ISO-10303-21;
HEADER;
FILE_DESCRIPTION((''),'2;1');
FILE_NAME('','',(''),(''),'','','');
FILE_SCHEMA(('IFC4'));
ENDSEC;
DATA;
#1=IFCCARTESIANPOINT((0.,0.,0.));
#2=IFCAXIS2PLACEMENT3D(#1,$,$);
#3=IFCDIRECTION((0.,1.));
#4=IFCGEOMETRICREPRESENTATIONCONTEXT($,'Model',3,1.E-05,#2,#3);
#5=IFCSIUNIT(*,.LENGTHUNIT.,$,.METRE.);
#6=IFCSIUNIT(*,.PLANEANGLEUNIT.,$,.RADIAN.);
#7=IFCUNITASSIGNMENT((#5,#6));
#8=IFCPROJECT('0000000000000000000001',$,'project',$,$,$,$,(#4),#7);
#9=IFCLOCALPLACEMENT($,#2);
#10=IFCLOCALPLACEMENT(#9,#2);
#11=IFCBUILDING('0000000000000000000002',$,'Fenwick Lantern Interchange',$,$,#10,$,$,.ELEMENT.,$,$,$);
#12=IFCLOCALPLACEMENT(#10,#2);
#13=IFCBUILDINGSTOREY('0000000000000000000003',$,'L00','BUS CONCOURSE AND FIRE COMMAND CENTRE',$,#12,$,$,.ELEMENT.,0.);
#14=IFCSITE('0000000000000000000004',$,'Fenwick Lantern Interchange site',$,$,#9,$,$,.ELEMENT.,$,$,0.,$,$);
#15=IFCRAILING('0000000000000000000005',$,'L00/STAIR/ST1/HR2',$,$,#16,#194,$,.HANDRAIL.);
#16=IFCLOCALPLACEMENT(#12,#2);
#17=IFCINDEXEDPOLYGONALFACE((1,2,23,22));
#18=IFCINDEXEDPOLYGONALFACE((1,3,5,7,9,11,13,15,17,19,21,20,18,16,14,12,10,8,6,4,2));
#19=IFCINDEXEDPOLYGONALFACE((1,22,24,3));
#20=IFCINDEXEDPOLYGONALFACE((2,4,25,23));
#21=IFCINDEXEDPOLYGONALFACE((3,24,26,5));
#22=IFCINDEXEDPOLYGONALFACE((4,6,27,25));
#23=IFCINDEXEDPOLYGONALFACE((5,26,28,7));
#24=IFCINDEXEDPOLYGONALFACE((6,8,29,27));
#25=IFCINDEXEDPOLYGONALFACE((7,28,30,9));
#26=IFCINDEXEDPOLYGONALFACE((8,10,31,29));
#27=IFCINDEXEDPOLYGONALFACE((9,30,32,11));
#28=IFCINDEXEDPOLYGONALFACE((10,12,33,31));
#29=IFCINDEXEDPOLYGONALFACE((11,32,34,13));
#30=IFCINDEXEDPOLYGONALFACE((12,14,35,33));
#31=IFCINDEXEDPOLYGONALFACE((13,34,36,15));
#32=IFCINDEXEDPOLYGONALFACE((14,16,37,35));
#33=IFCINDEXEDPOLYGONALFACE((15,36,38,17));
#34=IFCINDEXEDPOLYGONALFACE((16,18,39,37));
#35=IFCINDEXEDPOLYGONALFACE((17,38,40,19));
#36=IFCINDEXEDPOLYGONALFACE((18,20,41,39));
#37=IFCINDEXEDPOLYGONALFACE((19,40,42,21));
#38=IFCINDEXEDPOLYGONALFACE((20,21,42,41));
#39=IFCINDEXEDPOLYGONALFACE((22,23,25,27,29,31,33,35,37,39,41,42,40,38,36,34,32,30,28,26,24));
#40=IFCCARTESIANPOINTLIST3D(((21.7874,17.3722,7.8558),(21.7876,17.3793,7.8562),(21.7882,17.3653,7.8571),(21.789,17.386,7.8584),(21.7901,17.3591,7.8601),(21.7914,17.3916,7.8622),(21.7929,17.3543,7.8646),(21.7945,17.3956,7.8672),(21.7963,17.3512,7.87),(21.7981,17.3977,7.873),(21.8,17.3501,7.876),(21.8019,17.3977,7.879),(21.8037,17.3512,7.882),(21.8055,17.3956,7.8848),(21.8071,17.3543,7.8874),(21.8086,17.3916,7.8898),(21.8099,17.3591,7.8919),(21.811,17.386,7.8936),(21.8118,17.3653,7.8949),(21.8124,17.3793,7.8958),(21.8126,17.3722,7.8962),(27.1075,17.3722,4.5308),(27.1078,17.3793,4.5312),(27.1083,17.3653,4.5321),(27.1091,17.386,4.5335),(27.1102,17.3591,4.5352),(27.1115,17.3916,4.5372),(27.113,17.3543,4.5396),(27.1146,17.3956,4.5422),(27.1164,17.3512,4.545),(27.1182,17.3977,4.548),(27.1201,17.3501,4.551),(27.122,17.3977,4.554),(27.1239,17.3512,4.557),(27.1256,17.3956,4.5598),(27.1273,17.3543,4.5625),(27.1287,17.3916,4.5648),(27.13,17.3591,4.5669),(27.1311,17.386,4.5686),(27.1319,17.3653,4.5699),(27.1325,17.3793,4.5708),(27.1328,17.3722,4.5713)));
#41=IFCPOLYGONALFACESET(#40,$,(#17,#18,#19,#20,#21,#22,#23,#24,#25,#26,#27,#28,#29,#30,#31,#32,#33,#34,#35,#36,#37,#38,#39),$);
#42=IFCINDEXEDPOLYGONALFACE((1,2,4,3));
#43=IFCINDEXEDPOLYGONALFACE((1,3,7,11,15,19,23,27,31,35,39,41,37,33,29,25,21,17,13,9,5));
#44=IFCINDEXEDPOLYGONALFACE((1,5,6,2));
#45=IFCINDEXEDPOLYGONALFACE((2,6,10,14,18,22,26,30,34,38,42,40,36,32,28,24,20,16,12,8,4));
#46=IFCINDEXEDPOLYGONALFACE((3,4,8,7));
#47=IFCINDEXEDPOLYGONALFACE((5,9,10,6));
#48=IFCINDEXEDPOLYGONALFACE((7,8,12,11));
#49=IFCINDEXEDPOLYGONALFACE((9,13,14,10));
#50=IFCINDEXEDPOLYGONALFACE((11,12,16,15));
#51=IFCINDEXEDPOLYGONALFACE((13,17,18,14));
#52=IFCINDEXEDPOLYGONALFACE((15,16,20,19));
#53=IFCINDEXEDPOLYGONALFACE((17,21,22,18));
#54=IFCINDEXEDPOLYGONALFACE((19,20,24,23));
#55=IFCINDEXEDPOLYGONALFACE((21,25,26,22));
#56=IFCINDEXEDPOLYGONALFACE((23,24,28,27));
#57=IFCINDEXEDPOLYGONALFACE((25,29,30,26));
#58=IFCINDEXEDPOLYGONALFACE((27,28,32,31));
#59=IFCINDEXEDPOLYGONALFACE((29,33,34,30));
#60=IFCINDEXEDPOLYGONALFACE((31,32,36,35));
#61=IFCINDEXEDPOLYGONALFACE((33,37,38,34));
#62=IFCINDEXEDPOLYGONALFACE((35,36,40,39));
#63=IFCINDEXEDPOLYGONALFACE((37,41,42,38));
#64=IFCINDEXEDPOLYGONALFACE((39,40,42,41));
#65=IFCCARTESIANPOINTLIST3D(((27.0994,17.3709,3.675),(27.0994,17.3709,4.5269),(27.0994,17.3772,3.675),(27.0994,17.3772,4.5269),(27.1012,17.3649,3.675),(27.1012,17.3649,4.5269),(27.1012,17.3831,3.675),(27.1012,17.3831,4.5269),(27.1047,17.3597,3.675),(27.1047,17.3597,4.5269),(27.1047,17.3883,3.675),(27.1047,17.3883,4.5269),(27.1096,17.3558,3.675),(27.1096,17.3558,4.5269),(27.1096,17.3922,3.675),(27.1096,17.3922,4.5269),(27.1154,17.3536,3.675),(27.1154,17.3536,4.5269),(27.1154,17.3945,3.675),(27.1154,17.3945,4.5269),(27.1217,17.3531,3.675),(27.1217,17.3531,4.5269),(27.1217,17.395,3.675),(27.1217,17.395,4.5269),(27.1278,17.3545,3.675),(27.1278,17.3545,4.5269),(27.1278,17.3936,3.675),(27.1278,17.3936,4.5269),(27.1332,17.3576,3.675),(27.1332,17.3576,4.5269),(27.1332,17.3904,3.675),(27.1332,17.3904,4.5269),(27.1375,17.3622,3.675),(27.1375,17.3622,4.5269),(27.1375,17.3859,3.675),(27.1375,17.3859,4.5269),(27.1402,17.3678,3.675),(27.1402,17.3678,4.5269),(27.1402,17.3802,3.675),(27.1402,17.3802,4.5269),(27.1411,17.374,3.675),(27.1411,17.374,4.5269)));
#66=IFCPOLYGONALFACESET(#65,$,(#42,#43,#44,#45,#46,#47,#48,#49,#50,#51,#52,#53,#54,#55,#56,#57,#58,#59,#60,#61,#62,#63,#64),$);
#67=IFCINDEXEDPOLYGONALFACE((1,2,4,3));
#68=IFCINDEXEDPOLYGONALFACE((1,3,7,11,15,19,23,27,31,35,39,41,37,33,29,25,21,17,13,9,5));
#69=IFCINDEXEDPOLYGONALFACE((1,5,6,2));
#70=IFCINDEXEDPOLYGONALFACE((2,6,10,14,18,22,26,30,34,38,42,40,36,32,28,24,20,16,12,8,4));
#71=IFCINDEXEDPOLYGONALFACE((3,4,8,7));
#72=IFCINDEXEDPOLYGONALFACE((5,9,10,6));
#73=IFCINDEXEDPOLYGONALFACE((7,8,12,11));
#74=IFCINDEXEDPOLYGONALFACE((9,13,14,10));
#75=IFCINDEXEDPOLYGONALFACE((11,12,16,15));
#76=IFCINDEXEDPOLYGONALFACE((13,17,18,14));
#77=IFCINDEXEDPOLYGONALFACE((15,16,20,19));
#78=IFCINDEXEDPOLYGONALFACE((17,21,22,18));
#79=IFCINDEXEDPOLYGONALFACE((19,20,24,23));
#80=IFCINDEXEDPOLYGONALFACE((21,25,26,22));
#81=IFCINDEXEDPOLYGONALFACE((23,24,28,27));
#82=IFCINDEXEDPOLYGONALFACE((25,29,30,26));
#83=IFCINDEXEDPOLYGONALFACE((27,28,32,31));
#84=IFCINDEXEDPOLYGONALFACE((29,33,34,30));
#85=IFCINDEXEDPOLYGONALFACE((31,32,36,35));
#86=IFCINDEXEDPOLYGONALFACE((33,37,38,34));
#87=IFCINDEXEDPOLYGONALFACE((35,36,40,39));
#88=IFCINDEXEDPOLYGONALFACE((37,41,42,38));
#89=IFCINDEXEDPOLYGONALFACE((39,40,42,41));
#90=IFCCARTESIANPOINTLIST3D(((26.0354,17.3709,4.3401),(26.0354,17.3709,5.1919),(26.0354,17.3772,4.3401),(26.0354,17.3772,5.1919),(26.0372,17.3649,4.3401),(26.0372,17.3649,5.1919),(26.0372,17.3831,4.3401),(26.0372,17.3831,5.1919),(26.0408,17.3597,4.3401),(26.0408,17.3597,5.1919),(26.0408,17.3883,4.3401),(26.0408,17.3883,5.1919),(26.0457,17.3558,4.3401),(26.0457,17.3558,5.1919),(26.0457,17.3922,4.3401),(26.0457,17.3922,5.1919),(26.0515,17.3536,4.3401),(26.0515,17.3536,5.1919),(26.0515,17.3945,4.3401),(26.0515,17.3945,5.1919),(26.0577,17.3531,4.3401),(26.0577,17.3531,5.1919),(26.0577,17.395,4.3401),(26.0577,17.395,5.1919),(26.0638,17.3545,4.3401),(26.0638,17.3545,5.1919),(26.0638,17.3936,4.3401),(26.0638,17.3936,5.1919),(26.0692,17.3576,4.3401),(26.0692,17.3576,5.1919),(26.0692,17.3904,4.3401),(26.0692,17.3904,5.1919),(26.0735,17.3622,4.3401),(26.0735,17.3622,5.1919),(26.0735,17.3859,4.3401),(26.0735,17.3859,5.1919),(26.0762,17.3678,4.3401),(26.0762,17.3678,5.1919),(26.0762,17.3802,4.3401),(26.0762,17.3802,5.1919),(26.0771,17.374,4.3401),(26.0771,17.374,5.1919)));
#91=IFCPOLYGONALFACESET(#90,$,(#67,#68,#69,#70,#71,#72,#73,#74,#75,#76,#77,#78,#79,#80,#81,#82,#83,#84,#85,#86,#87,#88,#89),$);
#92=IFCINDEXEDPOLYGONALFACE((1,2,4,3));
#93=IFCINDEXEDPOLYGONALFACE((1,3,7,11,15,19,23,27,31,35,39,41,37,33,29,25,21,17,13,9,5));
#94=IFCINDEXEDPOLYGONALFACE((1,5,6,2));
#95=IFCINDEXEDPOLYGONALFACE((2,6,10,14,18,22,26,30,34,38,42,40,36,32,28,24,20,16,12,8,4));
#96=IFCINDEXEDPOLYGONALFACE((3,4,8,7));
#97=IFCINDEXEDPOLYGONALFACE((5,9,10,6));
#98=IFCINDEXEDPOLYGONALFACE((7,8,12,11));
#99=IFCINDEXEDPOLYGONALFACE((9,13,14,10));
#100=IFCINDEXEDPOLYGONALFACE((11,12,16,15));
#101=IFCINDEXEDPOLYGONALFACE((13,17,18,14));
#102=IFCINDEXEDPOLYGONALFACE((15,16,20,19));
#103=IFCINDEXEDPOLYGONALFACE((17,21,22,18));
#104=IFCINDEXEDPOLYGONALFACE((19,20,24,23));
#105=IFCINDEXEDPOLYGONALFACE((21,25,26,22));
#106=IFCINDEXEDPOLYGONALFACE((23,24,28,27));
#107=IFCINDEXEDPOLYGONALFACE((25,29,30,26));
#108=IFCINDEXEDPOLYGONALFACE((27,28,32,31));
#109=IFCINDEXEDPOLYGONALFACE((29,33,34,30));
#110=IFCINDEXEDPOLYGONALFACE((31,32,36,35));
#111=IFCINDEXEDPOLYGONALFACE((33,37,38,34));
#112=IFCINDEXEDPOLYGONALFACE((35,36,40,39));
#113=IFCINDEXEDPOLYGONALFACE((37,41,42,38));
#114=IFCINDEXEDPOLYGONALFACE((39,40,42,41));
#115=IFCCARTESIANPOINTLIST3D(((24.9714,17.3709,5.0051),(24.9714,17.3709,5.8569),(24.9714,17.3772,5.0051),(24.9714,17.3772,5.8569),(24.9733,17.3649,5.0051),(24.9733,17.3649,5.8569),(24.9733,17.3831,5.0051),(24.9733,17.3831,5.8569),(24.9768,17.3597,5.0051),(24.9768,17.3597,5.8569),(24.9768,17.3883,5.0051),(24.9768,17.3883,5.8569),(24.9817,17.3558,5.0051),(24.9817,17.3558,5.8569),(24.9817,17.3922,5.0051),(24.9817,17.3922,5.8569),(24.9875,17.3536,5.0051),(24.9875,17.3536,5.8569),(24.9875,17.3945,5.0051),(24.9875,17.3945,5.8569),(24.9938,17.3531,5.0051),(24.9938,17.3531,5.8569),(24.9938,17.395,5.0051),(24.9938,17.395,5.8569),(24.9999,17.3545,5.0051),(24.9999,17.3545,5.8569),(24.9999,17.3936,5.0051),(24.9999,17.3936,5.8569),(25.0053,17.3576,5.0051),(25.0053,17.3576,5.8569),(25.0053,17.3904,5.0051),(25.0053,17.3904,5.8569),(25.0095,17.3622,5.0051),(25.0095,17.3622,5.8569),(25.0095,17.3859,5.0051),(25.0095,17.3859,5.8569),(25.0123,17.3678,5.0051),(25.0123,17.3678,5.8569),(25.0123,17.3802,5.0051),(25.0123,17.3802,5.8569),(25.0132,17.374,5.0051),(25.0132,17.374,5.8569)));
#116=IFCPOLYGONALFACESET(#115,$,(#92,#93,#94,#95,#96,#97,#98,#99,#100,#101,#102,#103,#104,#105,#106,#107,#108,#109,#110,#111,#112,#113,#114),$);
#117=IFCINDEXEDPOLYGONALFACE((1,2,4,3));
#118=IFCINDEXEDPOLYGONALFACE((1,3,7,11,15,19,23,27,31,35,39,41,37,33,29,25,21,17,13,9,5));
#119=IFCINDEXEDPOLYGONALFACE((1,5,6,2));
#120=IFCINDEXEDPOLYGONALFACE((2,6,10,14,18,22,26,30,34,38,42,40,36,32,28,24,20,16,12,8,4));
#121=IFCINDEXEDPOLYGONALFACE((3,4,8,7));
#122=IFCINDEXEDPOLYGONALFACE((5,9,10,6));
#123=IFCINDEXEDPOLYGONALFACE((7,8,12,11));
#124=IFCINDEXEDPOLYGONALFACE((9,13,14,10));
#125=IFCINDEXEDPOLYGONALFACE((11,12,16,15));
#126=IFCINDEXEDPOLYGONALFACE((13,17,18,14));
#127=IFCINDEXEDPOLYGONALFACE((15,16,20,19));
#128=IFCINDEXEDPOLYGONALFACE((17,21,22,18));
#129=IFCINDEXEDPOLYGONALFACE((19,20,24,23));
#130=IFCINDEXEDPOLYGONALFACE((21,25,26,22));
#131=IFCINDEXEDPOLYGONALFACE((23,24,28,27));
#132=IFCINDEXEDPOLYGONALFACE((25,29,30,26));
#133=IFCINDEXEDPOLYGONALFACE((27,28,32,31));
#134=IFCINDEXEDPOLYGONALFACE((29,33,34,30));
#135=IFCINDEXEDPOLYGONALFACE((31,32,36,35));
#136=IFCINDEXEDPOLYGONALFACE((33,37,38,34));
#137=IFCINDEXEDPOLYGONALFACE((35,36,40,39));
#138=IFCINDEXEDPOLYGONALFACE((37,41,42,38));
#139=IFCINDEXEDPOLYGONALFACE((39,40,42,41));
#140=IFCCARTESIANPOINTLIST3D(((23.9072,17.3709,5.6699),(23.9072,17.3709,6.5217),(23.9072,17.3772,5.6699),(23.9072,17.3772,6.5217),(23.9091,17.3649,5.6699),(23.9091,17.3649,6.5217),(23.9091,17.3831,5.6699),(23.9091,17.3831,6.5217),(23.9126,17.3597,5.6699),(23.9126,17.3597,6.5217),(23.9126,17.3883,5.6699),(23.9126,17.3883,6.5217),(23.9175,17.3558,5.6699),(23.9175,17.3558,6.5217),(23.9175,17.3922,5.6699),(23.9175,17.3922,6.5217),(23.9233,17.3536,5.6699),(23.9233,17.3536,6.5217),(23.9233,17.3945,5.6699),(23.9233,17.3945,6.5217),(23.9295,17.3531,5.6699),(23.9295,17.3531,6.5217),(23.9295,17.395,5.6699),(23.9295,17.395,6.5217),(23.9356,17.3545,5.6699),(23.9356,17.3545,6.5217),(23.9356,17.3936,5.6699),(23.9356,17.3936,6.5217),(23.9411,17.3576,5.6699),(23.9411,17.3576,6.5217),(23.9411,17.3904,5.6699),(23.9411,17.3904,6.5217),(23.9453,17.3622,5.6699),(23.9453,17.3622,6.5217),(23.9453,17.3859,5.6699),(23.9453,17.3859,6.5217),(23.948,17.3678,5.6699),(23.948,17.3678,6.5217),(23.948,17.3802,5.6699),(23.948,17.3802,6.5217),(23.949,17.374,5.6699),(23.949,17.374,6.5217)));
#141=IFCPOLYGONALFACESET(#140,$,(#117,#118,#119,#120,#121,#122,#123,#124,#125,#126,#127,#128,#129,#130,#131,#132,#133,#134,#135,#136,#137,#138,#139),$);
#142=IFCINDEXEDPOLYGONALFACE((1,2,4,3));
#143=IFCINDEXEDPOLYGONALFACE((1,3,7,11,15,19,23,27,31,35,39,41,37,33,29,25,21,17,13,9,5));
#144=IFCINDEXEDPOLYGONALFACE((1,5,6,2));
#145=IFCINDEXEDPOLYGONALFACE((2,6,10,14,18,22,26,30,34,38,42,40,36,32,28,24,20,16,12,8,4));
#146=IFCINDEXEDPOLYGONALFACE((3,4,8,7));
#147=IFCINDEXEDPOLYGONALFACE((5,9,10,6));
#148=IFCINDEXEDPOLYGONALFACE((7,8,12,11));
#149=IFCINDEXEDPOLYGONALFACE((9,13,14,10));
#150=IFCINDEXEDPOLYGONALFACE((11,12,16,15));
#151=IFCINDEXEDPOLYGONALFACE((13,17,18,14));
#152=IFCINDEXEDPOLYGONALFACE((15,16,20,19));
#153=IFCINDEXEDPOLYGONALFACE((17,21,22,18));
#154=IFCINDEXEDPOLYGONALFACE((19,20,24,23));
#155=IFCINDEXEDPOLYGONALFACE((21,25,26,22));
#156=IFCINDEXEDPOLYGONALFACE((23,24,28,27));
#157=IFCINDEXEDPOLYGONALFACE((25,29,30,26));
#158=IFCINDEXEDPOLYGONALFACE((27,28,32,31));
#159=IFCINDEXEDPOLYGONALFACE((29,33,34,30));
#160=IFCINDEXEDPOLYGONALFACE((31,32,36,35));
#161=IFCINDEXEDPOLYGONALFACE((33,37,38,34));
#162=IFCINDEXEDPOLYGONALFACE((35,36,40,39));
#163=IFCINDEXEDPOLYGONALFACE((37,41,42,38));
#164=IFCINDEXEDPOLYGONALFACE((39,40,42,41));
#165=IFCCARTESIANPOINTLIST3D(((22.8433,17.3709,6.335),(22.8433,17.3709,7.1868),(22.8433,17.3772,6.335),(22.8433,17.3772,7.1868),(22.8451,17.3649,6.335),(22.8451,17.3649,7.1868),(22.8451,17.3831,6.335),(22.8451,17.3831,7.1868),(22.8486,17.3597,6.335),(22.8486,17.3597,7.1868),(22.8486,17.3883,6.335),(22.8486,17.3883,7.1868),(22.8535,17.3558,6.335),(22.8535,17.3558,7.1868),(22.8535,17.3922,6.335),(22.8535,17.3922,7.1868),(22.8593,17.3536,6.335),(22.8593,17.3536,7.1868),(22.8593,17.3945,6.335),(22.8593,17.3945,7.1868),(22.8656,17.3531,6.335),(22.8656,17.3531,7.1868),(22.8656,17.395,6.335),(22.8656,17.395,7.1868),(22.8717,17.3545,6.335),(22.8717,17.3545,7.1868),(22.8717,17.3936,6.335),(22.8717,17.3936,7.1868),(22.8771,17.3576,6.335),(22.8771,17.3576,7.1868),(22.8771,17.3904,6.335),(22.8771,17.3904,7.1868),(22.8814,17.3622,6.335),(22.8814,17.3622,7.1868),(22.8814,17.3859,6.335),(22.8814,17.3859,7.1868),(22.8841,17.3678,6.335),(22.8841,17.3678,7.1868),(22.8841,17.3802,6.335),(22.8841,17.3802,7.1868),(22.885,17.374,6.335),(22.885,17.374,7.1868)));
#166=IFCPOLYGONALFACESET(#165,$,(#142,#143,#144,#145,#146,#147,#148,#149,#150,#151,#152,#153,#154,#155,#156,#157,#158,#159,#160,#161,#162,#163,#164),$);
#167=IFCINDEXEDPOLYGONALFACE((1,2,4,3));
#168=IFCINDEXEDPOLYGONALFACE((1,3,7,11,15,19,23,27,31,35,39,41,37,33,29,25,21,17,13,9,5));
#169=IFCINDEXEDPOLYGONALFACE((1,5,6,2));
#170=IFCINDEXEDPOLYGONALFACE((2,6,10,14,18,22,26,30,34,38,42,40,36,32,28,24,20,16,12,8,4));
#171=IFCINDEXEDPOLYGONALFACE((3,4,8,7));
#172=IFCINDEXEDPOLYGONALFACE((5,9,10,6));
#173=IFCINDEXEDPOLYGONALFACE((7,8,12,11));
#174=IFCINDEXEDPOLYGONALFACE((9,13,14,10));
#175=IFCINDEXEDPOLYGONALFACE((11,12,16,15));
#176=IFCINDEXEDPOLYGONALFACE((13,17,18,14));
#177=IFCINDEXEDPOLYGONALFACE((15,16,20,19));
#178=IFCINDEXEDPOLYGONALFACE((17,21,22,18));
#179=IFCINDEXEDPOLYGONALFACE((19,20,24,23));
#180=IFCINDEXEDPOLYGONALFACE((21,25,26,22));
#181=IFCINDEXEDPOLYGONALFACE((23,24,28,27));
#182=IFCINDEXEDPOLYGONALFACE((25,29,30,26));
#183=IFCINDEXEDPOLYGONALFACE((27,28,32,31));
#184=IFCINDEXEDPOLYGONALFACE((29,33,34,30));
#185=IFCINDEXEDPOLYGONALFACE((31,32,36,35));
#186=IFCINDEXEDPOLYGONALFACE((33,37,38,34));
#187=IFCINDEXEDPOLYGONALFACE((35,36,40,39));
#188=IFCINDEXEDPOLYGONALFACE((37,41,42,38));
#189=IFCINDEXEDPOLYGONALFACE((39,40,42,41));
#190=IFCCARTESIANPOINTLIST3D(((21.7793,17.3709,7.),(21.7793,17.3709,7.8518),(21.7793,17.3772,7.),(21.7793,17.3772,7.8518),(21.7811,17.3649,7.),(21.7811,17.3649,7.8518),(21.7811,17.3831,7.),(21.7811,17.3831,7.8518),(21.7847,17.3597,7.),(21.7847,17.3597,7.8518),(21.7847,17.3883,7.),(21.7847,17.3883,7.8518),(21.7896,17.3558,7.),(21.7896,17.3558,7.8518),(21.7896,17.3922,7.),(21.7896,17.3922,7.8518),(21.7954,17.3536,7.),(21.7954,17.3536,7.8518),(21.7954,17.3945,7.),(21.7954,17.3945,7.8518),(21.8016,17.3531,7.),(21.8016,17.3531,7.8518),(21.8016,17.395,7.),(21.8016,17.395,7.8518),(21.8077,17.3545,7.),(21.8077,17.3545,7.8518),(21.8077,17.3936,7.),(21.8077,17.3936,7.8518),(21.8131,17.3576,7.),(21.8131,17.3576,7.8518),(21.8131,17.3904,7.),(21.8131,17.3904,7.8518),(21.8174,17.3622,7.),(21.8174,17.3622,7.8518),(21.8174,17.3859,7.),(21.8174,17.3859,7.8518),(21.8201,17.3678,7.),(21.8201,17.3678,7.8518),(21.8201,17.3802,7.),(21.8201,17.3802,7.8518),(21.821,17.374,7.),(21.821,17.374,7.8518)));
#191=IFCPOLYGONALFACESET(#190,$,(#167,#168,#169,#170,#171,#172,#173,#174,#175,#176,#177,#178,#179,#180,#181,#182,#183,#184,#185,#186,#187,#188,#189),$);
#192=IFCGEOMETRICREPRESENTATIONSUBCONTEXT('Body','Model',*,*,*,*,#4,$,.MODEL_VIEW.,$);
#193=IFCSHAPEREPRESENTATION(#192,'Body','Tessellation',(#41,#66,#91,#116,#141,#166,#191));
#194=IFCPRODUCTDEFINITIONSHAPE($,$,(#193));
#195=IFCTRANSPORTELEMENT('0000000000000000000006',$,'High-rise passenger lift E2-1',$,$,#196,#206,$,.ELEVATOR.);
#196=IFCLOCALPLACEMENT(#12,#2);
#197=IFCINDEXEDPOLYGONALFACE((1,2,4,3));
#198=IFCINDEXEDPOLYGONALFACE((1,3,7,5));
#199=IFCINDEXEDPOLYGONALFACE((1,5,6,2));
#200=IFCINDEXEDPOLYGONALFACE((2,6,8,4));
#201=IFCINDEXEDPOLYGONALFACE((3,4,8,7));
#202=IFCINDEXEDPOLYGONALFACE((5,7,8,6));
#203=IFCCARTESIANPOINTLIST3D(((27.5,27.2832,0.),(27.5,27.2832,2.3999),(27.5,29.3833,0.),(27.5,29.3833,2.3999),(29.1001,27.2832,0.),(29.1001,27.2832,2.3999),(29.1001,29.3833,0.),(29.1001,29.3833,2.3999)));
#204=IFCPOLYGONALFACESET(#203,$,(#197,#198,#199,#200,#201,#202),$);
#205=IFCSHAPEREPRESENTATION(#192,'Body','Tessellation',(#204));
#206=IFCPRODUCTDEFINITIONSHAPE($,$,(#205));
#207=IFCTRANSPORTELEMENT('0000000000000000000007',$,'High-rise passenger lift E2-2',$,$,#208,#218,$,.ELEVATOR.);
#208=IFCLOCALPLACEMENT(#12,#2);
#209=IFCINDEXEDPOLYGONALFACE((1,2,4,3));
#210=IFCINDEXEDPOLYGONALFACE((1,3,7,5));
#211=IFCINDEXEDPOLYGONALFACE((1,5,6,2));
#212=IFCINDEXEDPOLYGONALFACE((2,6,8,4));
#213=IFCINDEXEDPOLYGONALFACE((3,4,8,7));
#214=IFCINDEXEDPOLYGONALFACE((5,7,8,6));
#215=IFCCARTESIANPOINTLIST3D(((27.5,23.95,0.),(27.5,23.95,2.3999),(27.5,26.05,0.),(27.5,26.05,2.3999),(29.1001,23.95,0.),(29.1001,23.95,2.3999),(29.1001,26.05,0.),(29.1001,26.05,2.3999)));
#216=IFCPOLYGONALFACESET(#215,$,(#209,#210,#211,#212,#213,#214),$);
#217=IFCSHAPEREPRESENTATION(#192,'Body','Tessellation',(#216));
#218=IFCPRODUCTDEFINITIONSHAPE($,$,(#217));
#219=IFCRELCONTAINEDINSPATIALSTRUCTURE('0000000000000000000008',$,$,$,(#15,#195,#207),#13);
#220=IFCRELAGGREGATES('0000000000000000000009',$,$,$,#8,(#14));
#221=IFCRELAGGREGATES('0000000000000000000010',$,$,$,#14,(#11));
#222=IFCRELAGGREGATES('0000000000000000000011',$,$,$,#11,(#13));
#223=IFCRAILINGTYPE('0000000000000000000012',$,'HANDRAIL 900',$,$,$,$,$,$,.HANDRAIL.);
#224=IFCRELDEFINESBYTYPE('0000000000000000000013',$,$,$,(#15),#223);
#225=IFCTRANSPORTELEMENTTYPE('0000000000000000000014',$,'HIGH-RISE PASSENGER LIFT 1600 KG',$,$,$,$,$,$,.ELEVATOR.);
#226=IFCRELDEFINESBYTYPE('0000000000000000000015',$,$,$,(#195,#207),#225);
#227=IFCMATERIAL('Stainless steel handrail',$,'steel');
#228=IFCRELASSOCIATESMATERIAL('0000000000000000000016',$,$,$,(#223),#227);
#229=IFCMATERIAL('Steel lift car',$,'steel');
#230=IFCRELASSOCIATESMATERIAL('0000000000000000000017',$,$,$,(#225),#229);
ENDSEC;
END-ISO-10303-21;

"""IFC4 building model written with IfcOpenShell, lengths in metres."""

from ifc_helpers import new_model, si_unit, direction, frame, origin, origin_2d, place, context, subcontext, project, spatial, rectangle, circle, extrude, material, type_object, element, save


model = new_model("IFC4")

# Units and contexts
model_context = context("Model", 3, precision=1e-05, world=origin(), true_north=direction((0.0, 1.0)))
body_context = subcontext(model_context, "Body", "Model", "MODEL_VIEW")
ifc_project = project(units=[si_unit("LENGTHUNIT", "METRE"), si_unit("PLANEANGLEUNIT", "RADIAN")], contexts=[model_context])

# Site, building, storey
site_placement = place(None, origin())
site = spatial("IfcSite", under=ifc_project, at=site_placement, Name="Fenwick Lantern Interchange site", CompositionType="ELEMENT", RefElevation=0.0)
building_placement = place(site_placement, origin())
building = spatial("IfcBuilding", under=site, at=building_placement, Name="Fenwick Lantern Interchange", CompositionType="ELEMENT")
storey_placement = place(building_placement, origin())
storey = spatial("IfcBuildingStorey", under=building, at=storey_placement, Name="L00", Description="BUS CONCOURSE AND FIRE COMMAND CENTRE", CompositionType="ELEMENT", Elevation=0.0)

# Railing
ifc_material_1 = material(Name="Stainless steel handrail", Category="steel")
railing_type = type_object("IfcRailingType", Name="HANDRAIL 900", PredefinedType="HANDRAIL", material=ifc_material_1)
railing_1_placement = place(storey_placement, frame((27.1201, 17.374, 3.675)))
element("IfcRailing", 1, at=railing_1_placement, inside=storey, type_object=railing_type, Name="L00/STAIR/ST1/HR2", PredefinedType="HANDRAIL", context=body_context, shape_type="SweptSolid", body=[
    extrude(circle(Radius=0.0239, at=origin_2d()), frame((0.0, 0.0, 0.876), z_axis=(-0.848005, 0.0, 0.529988), x_axis=(0.0, -1.0, 0.0)), (0.0, 0.0, 1.0), 6.2737),
    extrude(circle(Radius=0.021, at=origin_2d()), origin(), (0.0, 0.0, 1.0), 0.8518),
    extrude(circle(Radius=0.021, at=origin_2d()), frame((-1.064, 0.0, 0.665)), (0.0, 0.0, 1.0), 0.8518),
    extrude(circle(Radius=0.021, at=origin_2d()), frame((-2.1279, 0.0, 1.3301)), (0.0, 0.0, 1.0), 0.8518),
    extrude(circle(Radius=0.021, at=origin_2d()), frame((-3.1921, 0.0, 1.9949)), (0.0, 0.0, 1.0), 0.8518),
    extrude(circle(Radius=0.021, at=origin_2d()), frame((-4.2561, 0.0, 2.6599)), (0.0, 0.0, 1.0), 0.8518),
    extrude(circle(Radius=0.021, at=origin_2d()), frame((-5.3201, 0.0, 3.325)), (0.0, 0.0, 1.0), 0.8518),
])

# Transport elements
ifc_material_2 = material(Name="Steel lift car", Category="steel")
transport_element_type_1 = type_object("IfcTransportElementType", Name="HIGH-RISE PASSENGER LIFT 1600 KG", PredefinedType="ELEVATOR", material=ifc_material_2)
for number, where, z_axis, x_axis, name in (
    (2, (28.3, 28.3333, 0.0), (0.0, 0.0, 1.0), (1.0, 0.0, 0.0), "High-rise passenger lift E2-1"),
    (3, (28.3, 25.0, 0.0), (0.0, 0.0, 1.0), (1.0, 0.0, 0.0), "High-rise passenger lift E2-2"),
):
    element("IfcTransportElement", number, at=place(storey_placement, frame(where, z_axis=z_axis, x_axis=x_axis)), inside=storey, type_object=transport_element_type_1, Name=name, PredefinedType="ELEVATOR", context=body_context, shape_type="SweptSolid", body=[
        extrude(rectangle(XDim=1.6001, YDim=2.1001, at=origin_2d()), origin(), (0.0, 0.0, 1.0), 2.3999),
    ])

save(model, "model.ifc")
